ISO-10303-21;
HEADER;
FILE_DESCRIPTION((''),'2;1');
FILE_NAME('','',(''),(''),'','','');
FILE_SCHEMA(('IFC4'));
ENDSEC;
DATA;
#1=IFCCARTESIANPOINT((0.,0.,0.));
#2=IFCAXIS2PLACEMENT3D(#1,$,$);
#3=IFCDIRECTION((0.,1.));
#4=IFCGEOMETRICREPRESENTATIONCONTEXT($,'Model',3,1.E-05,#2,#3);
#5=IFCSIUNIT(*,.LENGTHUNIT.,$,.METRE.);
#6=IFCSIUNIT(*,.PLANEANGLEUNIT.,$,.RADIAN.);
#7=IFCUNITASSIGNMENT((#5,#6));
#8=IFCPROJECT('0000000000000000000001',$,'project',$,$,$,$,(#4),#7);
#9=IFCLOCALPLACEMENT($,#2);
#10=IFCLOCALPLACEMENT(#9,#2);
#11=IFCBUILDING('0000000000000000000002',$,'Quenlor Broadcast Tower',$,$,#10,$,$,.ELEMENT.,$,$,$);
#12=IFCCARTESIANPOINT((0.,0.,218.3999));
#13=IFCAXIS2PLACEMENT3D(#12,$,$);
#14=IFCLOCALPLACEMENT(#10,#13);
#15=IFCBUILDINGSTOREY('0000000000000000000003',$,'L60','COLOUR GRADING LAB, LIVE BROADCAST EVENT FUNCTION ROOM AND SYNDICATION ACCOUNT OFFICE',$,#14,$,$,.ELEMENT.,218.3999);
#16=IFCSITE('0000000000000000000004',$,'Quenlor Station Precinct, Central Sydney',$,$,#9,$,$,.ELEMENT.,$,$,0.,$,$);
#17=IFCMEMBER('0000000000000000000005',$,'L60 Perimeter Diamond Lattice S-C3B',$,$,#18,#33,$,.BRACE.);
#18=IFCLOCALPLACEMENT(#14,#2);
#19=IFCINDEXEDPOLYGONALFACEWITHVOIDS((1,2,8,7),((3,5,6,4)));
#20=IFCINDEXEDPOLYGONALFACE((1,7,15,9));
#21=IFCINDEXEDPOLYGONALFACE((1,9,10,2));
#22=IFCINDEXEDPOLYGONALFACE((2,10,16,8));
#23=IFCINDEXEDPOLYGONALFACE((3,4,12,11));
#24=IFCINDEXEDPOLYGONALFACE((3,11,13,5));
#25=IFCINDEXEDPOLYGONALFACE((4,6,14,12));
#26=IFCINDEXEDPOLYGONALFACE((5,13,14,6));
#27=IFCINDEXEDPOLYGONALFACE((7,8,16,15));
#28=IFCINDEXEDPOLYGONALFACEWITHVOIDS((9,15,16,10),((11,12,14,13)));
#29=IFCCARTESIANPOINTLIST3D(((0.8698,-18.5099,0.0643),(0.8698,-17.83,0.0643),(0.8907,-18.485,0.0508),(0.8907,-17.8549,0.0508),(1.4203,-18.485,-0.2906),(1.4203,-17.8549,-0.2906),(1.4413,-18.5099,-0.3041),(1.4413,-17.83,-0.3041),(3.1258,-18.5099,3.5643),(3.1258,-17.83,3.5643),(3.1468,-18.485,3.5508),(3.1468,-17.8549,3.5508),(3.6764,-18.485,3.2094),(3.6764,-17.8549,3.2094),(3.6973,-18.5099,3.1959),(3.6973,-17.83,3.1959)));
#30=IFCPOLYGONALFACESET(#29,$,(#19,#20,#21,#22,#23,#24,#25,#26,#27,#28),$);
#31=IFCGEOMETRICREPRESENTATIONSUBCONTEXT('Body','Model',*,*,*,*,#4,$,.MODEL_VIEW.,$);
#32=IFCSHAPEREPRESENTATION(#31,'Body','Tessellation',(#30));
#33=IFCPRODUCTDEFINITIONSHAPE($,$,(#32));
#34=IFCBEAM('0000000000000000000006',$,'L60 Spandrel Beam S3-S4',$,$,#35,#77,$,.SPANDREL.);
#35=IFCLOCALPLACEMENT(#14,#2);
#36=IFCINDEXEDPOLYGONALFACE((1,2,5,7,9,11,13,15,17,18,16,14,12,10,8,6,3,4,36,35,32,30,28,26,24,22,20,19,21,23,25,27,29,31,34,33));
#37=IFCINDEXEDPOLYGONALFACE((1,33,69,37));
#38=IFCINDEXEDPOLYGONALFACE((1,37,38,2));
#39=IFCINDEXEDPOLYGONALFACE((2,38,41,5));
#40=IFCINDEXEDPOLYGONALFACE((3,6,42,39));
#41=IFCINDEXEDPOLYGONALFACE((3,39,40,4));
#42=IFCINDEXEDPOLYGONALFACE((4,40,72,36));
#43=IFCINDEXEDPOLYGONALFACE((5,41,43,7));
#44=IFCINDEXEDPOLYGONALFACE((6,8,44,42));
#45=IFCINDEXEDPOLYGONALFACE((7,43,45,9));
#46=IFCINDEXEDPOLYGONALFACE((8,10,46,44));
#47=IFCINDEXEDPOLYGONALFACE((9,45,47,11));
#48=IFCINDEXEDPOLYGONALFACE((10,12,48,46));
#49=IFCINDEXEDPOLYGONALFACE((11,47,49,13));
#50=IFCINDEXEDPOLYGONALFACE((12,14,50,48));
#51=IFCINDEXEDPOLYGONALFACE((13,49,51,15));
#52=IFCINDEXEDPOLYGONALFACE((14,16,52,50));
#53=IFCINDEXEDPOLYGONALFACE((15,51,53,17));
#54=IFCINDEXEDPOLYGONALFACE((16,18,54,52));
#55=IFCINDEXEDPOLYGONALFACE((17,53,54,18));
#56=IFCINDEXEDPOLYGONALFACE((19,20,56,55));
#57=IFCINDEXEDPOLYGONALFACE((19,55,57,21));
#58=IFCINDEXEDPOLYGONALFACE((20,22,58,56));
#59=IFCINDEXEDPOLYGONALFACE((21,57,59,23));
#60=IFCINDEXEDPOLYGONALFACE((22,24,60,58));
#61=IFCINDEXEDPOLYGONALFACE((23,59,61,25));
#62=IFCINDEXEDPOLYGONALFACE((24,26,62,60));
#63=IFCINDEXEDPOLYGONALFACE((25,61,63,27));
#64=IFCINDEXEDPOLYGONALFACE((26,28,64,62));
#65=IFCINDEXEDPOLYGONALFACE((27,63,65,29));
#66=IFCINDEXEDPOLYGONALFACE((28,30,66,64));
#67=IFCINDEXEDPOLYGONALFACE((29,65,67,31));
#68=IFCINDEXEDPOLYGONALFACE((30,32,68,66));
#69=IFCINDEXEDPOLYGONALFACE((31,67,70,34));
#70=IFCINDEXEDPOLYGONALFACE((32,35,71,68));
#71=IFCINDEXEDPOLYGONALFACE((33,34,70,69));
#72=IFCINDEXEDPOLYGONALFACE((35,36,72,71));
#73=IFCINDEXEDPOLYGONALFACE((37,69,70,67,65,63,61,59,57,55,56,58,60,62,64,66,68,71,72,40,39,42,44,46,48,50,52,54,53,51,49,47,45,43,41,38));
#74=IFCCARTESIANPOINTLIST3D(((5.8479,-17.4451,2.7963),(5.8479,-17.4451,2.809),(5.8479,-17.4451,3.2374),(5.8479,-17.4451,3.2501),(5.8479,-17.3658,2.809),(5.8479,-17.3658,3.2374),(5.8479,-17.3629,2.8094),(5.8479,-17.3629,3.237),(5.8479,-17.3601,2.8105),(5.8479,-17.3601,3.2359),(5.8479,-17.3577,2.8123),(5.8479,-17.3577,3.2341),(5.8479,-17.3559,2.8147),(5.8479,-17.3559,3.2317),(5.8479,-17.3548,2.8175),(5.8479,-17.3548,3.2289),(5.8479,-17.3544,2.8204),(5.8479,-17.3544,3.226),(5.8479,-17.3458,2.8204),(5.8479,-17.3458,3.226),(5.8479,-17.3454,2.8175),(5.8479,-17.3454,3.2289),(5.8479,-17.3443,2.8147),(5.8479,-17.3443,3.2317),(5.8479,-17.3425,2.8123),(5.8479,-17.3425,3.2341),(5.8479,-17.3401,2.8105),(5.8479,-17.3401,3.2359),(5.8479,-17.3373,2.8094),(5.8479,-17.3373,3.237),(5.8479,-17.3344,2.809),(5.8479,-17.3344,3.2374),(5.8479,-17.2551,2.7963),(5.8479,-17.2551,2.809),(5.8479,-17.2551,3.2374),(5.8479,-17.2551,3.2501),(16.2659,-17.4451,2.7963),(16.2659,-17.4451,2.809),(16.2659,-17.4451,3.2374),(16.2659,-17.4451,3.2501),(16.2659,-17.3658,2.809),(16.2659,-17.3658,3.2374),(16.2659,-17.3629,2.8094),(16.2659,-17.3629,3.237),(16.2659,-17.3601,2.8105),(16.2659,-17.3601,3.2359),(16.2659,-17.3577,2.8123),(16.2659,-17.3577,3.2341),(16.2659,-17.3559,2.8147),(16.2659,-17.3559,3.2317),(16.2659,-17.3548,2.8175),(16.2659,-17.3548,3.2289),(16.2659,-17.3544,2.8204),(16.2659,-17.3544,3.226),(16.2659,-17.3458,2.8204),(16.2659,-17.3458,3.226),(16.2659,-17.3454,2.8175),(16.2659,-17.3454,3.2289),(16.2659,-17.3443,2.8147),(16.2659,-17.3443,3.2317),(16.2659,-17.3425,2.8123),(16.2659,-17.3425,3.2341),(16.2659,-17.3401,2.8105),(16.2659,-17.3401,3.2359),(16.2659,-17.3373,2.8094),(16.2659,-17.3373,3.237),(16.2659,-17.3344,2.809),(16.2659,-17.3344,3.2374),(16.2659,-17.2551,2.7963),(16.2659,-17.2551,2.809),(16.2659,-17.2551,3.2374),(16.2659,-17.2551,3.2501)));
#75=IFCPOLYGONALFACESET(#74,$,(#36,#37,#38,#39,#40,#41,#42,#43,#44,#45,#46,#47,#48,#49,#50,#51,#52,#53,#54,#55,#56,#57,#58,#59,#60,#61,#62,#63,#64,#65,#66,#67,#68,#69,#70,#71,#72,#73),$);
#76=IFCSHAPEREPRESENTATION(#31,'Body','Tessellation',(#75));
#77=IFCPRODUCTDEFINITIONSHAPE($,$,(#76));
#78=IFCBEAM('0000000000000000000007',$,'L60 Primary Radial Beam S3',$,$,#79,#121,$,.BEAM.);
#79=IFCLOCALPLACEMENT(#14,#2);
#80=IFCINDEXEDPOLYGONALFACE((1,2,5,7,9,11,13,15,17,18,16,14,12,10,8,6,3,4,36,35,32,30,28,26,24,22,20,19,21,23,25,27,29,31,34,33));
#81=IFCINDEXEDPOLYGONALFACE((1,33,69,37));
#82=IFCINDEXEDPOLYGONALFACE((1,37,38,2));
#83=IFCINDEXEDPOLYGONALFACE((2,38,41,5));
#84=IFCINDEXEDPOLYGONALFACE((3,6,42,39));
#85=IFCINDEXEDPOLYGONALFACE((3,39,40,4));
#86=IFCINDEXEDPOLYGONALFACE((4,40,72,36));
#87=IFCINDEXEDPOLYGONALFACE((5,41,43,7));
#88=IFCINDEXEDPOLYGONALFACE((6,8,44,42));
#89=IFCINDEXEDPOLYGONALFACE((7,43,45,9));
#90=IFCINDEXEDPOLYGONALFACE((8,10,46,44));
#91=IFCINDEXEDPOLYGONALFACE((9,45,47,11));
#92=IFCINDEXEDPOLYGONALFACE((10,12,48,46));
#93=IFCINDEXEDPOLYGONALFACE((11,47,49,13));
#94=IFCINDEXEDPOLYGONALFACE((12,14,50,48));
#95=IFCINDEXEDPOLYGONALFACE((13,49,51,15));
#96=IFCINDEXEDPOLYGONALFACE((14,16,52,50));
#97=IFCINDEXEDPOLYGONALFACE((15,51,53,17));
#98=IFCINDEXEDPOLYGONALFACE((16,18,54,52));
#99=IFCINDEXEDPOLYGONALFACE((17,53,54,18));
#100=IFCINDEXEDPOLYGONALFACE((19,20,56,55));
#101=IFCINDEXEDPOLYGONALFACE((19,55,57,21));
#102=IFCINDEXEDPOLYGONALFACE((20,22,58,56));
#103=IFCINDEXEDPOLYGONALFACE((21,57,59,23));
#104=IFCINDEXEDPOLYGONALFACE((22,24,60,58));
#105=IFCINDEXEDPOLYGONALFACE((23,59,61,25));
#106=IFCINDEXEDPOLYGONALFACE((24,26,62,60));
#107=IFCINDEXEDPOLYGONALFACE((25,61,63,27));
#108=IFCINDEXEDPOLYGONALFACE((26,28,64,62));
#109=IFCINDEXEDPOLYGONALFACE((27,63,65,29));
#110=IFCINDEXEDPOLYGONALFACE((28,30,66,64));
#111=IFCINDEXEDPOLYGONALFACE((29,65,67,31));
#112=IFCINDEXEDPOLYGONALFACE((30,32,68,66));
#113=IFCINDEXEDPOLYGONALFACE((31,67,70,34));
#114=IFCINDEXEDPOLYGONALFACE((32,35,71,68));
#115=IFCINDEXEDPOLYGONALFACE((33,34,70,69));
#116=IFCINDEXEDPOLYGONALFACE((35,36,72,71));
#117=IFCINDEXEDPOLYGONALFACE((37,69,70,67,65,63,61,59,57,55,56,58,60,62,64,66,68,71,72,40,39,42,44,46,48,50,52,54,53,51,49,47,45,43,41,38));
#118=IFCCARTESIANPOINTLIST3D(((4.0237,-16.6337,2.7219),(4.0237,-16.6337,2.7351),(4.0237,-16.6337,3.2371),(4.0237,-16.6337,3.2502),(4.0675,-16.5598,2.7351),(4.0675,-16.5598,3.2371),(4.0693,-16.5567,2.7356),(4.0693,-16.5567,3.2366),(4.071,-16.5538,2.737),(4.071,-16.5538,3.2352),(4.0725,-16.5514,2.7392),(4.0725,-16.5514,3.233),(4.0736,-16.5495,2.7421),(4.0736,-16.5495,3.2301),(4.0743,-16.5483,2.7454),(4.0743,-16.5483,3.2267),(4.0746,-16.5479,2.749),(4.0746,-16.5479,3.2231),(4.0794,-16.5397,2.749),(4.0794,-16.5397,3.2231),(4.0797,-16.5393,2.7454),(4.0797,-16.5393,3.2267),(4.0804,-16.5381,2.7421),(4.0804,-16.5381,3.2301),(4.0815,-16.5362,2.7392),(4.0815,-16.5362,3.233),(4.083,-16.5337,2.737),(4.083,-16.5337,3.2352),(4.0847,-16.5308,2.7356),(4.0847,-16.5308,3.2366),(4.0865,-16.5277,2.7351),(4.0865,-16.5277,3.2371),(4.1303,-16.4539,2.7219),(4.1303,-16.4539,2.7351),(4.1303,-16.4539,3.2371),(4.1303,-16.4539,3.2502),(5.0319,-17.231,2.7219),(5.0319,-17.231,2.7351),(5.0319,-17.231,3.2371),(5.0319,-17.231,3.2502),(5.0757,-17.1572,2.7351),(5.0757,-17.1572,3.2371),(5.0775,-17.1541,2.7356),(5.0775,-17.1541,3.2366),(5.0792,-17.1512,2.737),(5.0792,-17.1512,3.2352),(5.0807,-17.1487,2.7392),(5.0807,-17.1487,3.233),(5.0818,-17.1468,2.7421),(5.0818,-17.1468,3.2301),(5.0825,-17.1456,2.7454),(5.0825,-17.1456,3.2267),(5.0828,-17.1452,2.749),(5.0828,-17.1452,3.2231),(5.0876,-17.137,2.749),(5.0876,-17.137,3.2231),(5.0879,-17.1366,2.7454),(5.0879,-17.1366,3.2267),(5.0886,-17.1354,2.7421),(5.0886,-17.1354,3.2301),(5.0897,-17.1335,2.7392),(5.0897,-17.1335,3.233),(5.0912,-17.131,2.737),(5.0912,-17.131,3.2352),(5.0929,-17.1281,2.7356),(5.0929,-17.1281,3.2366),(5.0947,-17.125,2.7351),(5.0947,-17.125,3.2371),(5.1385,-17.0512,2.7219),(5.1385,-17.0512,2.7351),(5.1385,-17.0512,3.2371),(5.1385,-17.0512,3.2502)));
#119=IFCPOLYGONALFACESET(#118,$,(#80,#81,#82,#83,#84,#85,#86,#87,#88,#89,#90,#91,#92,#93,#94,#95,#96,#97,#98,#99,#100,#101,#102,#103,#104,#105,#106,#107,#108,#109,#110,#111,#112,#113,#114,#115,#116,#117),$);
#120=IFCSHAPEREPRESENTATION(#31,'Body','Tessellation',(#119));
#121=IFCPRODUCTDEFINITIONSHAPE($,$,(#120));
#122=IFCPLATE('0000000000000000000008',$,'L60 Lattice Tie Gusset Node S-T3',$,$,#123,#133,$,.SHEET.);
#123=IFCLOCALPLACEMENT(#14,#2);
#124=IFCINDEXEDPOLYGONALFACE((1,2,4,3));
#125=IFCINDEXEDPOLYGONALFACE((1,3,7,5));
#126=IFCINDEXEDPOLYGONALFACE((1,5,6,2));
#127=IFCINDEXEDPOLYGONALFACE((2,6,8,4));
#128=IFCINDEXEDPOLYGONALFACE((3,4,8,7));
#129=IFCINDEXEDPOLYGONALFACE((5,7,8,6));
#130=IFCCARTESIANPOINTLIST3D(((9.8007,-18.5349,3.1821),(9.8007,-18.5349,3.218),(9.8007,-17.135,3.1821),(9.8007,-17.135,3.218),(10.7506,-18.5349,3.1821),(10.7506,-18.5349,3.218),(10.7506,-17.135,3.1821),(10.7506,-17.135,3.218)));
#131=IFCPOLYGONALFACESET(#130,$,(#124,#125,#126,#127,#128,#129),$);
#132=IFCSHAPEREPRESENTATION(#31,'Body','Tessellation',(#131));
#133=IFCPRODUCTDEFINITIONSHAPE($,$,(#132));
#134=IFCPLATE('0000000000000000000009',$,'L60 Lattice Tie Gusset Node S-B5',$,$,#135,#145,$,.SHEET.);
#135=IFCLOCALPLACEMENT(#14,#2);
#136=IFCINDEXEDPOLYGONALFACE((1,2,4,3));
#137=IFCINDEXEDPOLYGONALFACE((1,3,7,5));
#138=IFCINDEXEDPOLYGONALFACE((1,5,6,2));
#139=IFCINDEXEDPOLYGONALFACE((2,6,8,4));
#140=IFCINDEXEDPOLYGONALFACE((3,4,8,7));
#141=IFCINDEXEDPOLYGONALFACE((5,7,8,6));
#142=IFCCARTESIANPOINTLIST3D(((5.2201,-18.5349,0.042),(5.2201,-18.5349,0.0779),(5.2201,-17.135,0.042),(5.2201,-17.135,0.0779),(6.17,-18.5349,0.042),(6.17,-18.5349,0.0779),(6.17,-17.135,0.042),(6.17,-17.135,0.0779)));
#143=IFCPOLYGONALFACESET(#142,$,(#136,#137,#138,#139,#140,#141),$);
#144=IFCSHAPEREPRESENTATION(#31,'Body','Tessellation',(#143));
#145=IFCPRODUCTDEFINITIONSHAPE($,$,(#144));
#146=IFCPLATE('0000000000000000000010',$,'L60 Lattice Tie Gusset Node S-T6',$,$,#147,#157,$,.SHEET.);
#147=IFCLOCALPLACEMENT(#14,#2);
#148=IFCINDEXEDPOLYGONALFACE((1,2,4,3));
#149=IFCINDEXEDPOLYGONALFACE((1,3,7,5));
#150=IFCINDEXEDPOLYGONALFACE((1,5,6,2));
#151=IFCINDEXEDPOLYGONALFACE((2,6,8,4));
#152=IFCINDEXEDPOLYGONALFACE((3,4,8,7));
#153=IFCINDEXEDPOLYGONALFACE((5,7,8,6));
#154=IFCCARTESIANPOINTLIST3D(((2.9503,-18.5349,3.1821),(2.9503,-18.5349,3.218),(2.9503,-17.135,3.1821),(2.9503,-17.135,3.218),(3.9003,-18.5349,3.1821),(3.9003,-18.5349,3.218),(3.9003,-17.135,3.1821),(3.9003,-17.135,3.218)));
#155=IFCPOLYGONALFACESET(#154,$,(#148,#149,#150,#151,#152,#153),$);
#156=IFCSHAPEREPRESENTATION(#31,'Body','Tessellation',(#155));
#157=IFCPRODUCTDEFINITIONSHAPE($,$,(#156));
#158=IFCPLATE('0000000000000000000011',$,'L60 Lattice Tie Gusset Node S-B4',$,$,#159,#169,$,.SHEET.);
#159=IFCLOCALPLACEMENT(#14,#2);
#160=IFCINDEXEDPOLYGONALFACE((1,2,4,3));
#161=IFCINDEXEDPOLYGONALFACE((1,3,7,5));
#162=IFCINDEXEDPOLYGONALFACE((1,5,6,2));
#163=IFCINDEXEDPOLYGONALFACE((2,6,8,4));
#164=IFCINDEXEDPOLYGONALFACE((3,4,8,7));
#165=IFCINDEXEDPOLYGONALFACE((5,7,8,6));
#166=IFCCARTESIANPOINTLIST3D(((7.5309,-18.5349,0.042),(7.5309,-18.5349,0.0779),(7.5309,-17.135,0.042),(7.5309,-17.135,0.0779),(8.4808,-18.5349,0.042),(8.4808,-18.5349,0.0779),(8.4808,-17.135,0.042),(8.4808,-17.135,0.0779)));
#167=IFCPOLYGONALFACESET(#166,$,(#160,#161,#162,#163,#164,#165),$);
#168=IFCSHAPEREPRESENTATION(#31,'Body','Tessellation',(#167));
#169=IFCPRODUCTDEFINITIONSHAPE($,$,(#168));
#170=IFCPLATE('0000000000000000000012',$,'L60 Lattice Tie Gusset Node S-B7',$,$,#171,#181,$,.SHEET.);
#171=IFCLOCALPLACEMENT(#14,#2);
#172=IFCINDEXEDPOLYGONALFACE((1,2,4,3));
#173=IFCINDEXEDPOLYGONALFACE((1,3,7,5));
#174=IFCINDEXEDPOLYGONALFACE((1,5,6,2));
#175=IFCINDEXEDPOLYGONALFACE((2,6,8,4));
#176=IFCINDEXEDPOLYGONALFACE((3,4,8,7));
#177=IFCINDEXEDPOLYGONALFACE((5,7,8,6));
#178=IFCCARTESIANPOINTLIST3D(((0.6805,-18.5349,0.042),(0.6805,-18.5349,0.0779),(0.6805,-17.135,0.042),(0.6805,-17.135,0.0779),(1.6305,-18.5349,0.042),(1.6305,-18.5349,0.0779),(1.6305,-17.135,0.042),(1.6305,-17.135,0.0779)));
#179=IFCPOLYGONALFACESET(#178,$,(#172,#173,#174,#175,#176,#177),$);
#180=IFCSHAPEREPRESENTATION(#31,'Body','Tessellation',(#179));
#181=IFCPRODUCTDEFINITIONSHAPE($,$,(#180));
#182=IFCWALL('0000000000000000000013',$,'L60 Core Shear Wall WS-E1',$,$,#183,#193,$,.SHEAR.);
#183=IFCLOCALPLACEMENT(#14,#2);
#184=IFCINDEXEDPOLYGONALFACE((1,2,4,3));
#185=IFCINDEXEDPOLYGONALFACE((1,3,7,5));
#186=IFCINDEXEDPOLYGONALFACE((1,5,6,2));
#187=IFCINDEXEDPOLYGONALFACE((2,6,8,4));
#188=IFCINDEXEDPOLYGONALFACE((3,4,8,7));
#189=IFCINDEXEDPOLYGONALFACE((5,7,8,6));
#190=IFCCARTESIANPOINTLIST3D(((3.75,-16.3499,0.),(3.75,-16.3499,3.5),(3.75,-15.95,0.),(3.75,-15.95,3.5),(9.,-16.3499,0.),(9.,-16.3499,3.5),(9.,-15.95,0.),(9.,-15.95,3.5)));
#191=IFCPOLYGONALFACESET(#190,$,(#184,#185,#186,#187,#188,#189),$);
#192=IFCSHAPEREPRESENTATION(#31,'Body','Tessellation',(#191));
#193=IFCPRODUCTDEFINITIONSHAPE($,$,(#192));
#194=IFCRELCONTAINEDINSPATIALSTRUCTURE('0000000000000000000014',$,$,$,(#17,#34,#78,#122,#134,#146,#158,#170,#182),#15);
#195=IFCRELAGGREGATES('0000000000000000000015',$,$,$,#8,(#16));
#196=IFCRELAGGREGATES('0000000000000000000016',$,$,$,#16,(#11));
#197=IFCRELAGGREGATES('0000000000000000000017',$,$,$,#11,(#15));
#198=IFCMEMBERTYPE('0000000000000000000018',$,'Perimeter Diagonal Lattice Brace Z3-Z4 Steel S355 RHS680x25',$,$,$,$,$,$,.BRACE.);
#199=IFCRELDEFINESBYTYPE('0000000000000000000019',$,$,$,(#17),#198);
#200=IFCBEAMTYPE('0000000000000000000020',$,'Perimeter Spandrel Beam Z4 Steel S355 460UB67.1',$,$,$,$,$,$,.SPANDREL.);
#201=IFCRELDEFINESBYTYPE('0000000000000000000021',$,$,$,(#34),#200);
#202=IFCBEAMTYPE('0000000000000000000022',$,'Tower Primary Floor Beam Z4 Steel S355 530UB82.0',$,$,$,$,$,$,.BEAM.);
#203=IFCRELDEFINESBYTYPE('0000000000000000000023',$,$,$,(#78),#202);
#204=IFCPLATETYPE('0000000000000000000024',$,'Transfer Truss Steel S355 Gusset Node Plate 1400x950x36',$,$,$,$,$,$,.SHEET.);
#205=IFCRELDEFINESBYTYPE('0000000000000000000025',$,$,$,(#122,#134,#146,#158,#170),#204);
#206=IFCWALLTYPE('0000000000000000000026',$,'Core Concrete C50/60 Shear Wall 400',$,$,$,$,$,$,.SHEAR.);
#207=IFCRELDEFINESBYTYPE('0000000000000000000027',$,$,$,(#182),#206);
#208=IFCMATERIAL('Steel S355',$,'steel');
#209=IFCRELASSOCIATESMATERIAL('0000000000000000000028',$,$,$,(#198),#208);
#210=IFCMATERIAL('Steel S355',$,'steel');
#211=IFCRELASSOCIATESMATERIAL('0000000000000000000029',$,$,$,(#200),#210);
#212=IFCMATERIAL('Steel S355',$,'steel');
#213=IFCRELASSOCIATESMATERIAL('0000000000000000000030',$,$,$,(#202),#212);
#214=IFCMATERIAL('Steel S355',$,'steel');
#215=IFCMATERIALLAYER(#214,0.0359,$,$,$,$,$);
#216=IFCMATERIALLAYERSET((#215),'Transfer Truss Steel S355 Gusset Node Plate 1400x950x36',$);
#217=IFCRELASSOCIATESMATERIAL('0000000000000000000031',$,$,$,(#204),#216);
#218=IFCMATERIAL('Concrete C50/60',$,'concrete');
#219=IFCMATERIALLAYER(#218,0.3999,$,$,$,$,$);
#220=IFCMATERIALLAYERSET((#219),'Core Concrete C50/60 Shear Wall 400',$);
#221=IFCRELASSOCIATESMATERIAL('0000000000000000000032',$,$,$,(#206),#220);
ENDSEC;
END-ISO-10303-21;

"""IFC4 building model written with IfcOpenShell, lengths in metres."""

from ifc_helpers import new_model, si_unit, direction, frame, frame_2d, origin, origin_2d, place, context, subcontext, project, spatial, rectangle, hollow_rectangle, i_section, extrude, material, layer, layer_set, material_profile, profile_set, type_object, element, save


model = new_model("IFC4")

# Units and contexts
model_context = context("Model", 3, precision=1e-05, world=origin(), true_north=direction((0.0, 1.0)))
body_context = subcontext(model_context, "Body", "Model", "MODEL_VIEW")
ifc_project = project(units=[si_unit("LENGTHUNIT", "METRE"), si_unit("PLANEANGLEUNIT", "RADIAN")], contexts=[model_context])

# Site, building, storey
site_placement = place(None, origin())
site = spatial("IfcSite", under=ifc_project, at=site_placement, Name="Quenlor Station Precinct, Central Sydney", CompositionType="ELEMENT", RefElevation=0.0)
building_placement = place(site_placement, origin())
building = spatial("IfcBuilding", under=site, at=building_placement, Name="Quenlor Broadcast Tower", CompositionType="ELEMENT")
storey_placement = place(building_placement, frame((0.0, 0.0, 218.3999)))
storey = spatial("IfcBuildingStorey", under=building, at=storey_placement, Name="L60", Description="COLOUR GRADING LAB, LIVE BROADCAST EVENT FUNCTION ROOM AND SYNDICATION ACCOUNT OFFICE", CompositionType="ELEMENT", Elevation=218.3999)

# Member
ifc_material_1 = material(Name="Steel S355", Category="steel")
ifc_material_profile_1 = material_profile(ifc_material_1, hollow_rectangle(XDim=0.6799, YDim=0.6799, WallThickness=0.0249, at=origin_2d()))
ifc_profile_set_1 = profile_set([ifc_material_profile_1], Name="Steel S355 RHS680x680x25")
member_type_1 = type_object("IfcMemberType", Name="Perimeter Diagonal Lattice Brace Z3-Z4 Steel S355 RHS680x25", PredefinedType="BRACE", material=ifc_profile_set_1)
for number, where, z_axis, x_axis, name in (
    (1, (1.1555, -18.1699, -0.1199), (0.541794, 0.0, 0.840511), (0.0, 1.0, 0.0), "L60 Perimeter Diamond Lattice S-C3B"),
):
    element("IfcMember", number, at=place(storey_placement, frame(where, z_axis=z_axis, x_axis=x_axis)), inside=storey, type_object=member_type_1, Name=name, PredefinedType="BRACE", context=body_context, shape_type="SweptSolid", body=[
        extrude(hollow_rectangle(XDim=0.6799, YDim=0.6799, WallThickness=0.0249, at=origin_2d()), origin(), (0.0, 0.0, 1.0), 4.1641),
    ])

# Beams
ifc_material_2 = material(Name="Steel S355", Category="steel")
ifc_material_profile_2 = material_profile(ifc_material_2, i_section(OverallWidth=0.1899, OverallDepth=0.4539, WebThickness=0.0085, FlangeThickness=0.0127, FilletRadius=0.0115, at=origin_2d()))
ifc_profile_set_2 = profile_set([ifc_material_profile_2], Name="Steel S355 460UB67.1")
beam_type_1 = type_object("IfcBeamType", Name="Perimeter Spandrel Beam Z4 Steel S355 460UB67.1", PredefinedType="SPANDREL", material=ifc_profile_set_2)
beam_1_placement = place(storey_placement, frame((5.8479, -17.3501, 3.0232), z_axis=(1.0, 0.0, 0.0), x_axis=(0.0, 1.0, 0.0)))
element("IfcBeam", 2, at=beam_1_placement, inside=storey, type_object=beam_type_1, Name="L60 Spandrel Beam S3-S4", PredefinedType="SPANDREL", context=body_context, shape_type="SweptSolid", body=[
    extrude(i_section(OverallWidth=0.1899, OverallDepth=0.4539, WebThickness=0.0085, FlangeThickness=0.0127, FilletRadius=0.0115, at=origin_2d()), origin(), (0.0, 0.0, 1.0), 10.418),
])
ifc_material_3 = material(Name="Steel S355", Category="steel")
ifc_material_profile_3 = material_profile(ifc_material_3, i_section(OverallWidth=0.209, OverallDepth=0.5283, WebThickness=0.0095, FlangeThickness=0.0132, FilletRadius=0.0139, at=origin_2d()))
ifc_profile_set_3 = profile_set([ifc_material_profile_3], Name="Steel S355 530UB82.0")
beam_type_2 = type_object("IfcBeamType", Name="Tower Primary Floor Beam Z4 Steel S355 530UB82.0", PredefinedType="BEAM", material=ifc_profile_set_3)
beam_2_placement = place(storey_placement, frame((5.0852, -17.1411, 2.9861), z_axis=(-0.860329, 0.50974, 0.0), x_axis=(-0.50974, -0.860329, 0.0)))
element("IfcBeam", 3, at=beam_2_placement, inside=storey, type_object=beam_type_2, Name="L60 Primary Radial Beam S3", PredefinedType="BEAM", context=body_context, shape_type="SweptSolid", body=[
    extrude(i_section(OverallWidth=0.209, OverallDepth=0.5283, WebThickness=0.0095, FlangeThickness=0.0132, FilletRadius=0.0139, at=origin_2d()), origin(), (0.0, 0.0, 1.0), 1.1719),
])

# Plates
ifc_material_4 = material(Name="Steel S355", Category="steel")
ifc_layer_1 = layer(ifc_material_4, 0.0359)
ifc_layer_set_1 = layer_set([ifc_layer_1], Name="Transfer Truss Steel S355 Gusset Node Plate 1400x950x36")
plate_type = type_object("IfcPlateType", Name="Transfer Truss Steel S355 Gusset Node Plate 1400x950x36", PredefinedType="SHEET", material=ifc_layer_set_1)
for number, where, z_axis, x_axis, name in (
    (4, (10.2756, -17.835, 3.1821), (0.0, 0.0, 1.0), (0.0, -1.0, 0.0), "L60 Lattice Tie Gusset Node S-T3"),
    (5, (5.6951, -17.835, 0.042), (0.0, 0.0, 1.0), (0.0, -1.0, 0.0), "L60 Lattice Tie Gusset Node S-B5"),
    (6, (3.4253, -17.835, 3.1821), (0.0, 0.0, 1.0), (0.0, -1.0, 0.0), "L60 Lattice Tie Gusset Node S-T6"),
    (7, (8.0059, -17.835, 0.042), (0.0, 0.0, 1.0), (0.0, -1.0, 0.0), "L60 Lattice Tie Gusset Node S-B4"),
    (8, (1.1555, -17.835, 0.042), (0.0, 0.0, 1.0), (0.0, -1.0, 0.0), "L60 Lattice Tie Gusset Node S-B7"),
):
    element("IfcPlate", number, at=place(storey_placement, frame(where, z_axis=z_axis, x_axis=x_axis)), inside=storey, type_object=plate_type, Name=name, PredefinedType="SHEET", context=body_context, shape_type="SweptSolid", body=[
        extrude(rectangle(XDim=1.3999, YDim=0.95, at=origin_2d()), origin(), (0.0, 0.0, 1.0), 0.0359),
    ])

# Wall
ifc_material_5 = material(Name="Concrete C50/60", Category="concrete")
ifc_layer_2 = layer(ifc_material_5, 0.3999)
ifc_layer_set_2 = layer_set([ifc_layer_2], Name="Core Concrete C50/60 Shear Wall 400")
wall_type_1 = type_object("IfcWallType", Name="Core Concrete C50/60 Shear Wall 400", PredefinedType="SHEAR", material=ifc_layer_set_2)
wall_1_placement = place(storey_placement, frame((3.75, -16.1499, 0.0), z_axis=(0.0, 0.0, 1.0), x_axis=(1.0, 0.0, 0.0)))
element("IfcWall", 9, at=wall_1_placement, inside=storey, type_object=wall_type_1, Name="L60 Core Shear Wall WS-E1", PredefinedType="SHEAR", context=body_context, shape_type="SweptSolid", body=[
    extrude(rectangle(XDim=5.25, YDim=0.3999, at=frame_2d((2.625, 0.0))), origin(), (0.0, 0.0, 1.0), 3.5),
])

save(model, "model.ifc")
